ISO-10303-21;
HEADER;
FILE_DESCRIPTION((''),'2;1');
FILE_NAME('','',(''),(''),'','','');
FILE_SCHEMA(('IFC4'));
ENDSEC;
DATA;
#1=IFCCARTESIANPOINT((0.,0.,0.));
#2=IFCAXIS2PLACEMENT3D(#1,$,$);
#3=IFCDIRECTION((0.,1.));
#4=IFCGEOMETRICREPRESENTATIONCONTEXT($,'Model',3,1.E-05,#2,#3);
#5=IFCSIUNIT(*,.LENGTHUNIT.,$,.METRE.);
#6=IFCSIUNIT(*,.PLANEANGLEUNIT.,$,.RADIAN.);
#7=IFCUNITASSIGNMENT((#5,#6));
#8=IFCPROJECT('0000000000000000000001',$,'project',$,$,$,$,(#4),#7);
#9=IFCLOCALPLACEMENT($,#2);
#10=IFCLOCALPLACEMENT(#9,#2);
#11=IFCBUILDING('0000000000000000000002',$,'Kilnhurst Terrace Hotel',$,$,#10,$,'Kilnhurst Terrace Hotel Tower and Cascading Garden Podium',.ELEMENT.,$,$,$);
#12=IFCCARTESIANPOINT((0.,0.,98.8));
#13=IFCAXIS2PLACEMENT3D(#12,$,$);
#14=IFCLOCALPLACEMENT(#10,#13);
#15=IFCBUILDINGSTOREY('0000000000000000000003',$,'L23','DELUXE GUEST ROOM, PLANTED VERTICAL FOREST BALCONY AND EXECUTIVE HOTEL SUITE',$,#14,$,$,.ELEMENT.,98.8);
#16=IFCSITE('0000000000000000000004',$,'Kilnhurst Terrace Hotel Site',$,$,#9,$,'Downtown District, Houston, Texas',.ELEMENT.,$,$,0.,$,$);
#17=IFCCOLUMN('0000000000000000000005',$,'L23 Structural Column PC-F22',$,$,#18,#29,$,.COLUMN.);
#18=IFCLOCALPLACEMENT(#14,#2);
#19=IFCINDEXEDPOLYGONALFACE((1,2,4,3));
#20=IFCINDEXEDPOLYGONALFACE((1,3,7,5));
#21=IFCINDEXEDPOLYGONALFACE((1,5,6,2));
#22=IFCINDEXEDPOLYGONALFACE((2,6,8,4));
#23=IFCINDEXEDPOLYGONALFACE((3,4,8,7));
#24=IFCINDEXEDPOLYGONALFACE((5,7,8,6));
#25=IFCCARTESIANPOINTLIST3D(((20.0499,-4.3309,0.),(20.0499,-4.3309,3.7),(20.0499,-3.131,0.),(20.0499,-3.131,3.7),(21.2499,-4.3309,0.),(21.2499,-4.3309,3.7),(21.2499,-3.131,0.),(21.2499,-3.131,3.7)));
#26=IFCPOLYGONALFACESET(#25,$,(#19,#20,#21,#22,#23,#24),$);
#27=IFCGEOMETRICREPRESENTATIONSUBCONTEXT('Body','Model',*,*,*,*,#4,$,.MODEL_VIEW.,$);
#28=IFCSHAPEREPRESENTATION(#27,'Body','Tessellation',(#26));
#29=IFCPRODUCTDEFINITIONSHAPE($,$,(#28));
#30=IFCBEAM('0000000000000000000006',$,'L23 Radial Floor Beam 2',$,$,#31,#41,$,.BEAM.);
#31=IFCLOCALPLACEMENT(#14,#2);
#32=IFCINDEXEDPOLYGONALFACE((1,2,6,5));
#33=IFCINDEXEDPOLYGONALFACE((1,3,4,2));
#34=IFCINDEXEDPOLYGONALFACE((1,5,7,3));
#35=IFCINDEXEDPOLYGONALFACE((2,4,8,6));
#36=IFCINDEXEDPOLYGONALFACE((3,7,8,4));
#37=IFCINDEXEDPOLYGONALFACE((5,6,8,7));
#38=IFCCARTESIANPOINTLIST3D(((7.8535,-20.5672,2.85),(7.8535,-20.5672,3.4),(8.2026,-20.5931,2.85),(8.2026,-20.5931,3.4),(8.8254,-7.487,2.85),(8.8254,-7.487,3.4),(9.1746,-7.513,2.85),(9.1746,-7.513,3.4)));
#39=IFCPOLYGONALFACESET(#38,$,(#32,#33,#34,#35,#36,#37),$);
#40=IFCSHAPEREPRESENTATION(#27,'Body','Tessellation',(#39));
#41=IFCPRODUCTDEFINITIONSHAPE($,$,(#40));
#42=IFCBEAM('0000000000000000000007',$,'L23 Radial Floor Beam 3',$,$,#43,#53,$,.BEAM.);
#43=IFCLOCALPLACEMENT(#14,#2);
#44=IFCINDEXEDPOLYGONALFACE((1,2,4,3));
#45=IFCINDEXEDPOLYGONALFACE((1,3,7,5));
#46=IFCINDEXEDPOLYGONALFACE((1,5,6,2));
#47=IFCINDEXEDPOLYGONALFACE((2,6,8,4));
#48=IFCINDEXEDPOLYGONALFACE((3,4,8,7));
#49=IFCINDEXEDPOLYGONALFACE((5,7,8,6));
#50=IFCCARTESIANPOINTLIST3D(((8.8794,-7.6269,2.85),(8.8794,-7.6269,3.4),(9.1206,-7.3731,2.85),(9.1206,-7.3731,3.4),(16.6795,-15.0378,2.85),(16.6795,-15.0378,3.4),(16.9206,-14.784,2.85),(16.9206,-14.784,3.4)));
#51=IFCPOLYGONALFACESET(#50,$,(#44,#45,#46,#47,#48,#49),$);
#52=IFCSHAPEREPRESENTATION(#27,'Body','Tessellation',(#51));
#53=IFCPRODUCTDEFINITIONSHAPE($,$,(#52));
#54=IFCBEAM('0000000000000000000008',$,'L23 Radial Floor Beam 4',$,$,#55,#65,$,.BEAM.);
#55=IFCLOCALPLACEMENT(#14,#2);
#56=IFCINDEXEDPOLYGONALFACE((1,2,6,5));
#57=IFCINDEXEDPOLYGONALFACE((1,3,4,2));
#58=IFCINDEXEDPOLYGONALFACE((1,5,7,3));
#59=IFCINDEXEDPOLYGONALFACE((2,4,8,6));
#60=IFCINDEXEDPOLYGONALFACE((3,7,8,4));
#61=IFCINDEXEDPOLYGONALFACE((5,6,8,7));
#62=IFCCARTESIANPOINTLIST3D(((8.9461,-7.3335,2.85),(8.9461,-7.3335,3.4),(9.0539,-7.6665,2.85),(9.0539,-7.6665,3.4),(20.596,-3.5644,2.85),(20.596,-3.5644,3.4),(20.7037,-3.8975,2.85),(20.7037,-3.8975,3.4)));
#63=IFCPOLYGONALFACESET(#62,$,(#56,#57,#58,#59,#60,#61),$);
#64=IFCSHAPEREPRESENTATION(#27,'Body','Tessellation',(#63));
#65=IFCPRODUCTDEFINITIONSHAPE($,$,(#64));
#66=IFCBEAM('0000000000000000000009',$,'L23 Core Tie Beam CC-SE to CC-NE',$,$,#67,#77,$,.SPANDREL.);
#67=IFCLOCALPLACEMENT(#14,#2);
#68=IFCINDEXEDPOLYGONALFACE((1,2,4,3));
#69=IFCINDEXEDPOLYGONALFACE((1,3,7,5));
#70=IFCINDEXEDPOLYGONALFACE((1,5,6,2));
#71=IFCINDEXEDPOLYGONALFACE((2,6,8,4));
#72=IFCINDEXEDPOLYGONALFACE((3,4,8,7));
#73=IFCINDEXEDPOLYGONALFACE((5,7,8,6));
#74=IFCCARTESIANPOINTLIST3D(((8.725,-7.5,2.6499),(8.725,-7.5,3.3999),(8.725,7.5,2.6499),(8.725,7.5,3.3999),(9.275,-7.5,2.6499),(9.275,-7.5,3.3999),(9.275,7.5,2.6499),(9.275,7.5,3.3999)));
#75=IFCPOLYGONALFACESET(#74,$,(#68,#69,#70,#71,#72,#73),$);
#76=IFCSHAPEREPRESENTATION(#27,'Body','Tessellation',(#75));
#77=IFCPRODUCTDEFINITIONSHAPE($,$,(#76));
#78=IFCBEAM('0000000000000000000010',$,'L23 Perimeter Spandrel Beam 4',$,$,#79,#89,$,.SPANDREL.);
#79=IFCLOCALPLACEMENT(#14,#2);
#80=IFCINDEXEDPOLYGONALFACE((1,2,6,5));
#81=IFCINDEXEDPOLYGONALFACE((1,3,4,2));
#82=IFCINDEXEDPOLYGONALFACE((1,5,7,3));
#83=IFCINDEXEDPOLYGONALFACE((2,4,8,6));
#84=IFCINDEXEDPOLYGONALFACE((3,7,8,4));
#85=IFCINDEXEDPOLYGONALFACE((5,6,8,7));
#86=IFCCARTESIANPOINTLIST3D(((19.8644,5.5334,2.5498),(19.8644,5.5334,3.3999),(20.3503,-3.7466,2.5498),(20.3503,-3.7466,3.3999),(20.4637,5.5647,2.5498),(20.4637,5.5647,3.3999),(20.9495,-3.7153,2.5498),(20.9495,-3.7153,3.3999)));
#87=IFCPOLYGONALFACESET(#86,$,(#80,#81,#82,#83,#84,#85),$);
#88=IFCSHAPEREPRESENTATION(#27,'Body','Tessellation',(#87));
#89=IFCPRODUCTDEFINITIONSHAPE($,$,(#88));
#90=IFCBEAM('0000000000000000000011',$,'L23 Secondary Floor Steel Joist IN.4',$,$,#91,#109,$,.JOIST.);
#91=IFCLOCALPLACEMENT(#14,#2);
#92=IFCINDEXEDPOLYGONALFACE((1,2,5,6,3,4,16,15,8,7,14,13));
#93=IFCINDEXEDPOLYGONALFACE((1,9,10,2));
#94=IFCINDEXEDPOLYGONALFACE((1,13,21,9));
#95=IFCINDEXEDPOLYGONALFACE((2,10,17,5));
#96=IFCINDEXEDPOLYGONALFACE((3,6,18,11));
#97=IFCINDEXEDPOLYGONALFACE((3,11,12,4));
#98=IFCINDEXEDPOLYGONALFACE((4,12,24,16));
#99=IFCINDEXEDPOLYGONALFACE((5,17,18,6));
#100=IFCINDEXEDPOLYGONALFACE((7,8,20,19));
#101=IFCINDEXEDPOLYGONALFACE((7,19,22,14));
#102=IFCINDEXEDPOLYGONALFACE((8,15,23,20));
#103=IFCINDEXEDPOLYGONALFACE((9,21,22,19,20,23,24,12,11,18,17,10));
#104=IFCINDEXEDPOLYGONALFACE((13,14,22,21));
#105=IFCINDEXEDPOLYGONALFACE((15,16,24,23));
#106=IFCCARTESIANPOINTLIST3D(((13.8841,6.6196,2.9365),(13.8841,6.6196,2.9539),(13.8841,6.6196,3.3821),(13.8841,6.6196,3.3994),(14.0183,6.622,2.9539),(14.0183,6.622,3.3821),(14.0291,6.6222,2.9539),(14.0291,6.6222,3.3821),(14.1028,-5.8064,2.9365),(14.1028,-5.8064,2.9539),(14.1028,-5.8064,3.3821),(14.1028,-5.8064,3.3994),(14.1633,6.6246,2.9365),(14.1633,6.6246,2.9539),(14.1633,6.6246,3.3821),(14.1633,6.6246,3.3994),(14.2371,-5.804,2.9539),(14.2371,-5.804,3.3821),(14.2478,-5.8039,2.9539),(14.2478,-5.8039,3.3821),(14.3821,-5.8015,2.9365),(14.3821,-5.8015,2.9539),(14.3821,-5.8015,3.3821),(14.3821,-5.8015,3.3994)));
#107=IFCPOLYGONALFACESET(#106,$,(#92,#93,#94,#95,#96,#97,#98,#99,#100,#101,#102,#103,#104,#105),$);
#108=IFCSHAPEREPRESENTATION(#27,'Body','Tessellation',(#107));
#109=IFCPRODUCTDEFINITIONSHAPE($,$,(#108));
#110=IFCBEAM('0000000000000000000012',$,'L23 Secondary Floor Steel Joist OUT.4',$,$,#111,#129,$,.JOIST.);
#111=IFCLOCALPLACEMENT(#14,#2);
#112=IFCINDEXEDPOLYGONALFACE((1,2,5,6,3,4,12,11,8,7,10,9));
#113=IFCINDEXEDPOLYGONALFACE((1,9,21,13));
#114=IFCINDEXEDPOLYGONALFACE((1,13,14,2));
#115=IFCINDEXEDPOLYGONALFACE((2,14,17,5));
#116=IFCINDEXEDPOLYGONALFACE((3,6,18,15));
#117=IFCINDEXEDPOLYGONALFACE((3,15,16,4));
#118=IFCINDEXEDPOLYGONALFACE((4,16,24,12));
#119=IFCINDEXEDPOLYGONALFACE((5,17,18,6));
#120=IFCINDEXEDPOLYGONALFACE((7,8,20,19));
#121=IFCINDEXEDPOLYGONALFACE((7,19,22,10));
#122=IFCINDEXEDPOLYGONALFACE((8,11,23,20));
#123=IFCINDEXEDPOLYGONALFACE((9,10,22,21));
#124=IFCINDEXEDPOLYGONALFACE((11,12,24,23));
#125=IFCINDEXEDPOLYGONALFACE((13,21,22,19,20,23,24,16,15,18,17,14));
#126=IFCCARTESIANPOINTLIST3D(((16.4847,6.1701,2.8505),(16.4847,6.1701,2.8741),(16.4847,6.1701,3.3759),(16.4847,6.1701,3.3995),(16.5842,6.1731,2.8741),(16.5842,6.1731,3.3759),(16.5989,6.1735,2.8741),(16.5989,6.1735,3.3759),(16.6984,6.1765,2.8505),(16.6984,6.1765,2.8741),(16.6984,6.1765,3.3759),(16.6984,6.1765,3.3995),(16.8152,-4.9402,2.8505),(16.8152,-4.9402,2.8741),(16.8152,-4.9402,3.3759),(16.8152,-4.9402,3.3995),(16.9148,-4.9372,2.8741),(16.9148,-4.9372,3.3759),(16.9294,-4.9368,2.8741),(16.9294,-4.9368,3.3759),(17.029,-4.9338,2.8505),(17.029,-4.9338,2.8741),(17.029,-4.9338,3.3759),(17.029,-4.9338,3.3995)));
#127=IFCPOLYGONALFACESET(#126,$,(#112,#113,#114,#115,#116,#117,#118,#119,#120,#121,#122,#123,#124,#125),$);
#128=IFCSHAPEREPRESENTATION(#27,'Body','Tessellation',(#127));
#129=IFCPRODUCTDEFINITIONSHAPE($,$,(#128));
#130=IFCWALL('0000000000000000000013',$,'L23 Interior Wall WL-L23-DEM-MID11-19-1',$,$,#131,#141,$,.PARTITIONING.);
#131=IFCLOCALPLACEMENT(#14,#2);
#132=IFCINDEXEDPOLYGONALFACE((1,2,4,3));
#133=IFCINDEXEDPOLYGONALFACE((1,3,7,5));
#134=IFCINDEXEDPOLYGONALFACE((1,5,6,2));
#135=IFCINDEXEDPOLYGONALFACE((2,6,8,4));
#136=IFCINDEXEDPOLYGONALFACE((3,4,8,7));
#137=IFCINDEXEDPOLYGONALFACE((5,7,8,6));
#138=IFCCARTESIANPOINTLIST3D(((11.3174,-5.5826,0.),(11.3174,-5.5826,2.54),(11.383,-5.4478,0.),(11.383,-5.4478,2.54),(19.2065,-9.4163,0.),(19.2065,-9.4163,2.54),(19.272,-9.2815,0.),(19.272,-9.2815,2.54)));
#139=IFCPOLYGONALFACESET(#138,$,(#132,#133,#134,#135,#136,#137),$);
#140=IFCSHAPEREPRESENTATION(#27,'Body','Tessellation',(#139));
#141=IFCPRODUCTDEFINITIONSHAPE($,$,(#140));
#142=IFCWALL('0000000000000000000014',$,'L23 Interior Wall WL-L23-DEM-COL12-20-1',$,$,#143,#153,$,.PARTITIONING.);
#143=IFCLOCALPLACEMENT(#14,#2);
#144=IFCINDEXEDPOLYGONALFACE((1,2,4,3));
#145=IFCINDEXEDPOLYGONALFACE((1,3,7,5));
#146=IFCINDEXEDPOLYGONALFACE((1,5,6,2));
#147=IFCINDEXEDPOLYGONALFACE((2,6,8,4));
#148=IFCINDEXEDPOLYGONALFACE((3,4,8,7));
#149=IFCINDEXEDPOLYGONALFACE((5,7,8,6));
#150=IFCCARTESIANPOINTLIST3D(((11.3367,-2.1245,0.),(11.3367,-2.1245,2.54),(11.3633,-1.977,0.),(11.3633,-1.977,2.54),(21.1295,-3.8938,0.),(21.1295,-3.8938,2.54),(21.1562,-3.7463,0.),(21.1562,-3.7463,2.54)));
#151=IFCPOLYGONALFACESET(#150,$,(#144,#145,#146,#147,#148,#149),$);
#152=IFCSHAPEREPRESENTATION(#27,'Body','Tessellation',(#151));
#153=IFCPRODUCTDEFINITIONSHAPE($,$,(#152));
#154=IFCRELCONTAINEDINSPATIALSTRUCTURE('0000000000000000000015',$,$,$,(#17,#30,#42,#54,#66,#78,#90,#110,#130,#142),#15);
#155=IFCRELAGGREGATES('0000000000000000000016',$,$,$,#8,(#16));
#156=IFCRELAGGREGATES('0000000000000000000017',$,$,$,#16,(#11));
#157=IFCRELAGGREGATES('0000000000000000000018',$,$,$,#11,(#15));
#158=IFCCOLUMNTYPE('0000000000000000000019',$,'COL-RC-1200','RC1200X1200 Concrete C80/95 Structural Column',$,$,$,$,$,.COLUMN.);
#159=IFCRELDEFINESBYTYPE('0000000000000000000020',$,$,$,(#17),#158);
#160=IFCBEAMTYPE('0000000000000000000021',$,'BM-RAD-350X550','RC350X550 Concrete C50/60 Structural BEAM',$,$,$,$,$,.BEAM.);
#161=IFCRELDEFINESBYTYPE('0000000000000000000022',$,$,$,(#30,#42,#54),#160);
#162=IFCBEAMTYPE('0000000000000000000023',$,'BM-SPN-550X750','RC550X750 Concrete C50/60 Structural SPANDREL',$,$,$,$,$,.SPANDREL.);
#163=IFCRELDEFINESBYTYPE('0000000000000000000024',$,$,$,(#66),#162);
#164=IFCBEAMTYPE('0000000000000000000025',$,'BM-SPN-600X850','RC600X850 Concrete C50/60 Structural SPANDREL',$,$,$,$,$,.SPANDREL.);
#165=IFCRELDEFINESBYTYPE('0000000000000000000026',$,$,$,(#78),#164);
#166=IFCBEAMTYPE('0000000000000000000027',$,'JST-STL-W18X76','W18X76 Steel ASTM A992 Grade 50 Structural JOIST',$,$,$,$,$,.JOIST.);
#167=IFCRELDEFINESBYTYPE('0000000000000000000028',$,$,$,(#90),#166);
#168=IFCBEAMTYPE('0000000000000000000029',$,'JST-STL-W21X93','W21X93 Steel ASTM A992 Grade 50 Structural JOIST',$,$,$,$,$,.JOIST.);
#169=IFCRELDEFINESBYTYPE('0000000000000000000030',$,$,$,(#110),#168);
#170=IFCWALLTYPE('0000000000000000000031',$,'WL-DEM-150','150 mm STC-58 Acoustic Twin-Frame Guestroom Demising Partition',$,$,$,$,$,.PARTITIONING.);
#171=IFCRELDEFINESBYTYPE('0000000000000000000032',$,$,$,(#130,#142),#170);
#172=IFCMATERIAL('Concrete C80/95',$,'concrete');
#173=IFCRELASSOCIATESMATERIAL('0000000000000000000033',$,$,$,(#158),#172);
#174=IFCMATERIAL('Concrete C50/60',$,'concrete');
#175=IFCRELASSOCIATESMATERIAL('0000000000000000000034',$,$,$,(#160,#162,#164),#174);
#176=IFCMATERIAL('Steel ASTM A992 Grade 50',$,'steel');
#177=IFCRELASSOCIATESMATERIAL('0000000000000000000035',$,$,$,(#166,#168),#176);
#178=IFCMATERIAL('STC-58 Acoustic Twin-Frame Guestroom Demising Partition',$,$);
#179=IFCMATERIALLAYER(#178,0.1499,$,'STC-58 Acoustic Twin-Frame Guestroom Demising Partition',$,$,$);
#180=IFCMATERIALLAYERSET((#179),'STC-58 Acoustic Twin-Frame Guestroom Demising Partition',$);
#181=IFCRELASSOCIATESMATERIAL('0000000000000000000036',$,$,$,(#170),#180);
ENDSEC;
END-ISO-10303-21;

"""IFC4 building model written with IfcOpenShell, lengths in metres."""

from ifc_helpers import new_model, si_unit, direction, frame, frame_2d, origin, origin_2d, place, context, subcontext, project, spatial, rectangle, i_section, extrude, material, layer, layer_set, material_profile, profile_set, type_object, element, save


model = new_model("IFC4")

# Units and contexts
model_context = context("Model", 3, precision=1e-05, world=origin(), true_north=direction((0.0, 1.0)))
body_context = subcontext(model_context, "Body", "Model", "MODEL_VIEW")
ifc_project = project(units=[si_unit("LENGTHUNIT", "METRE"), si_unit("PLANEANGLEUNIT", "RADIAN")], contexts=[model_context])

# Site, building, storey
site_placement = place(None, origin())
site = spatial("IfcSite", under=ifc_project, at=site_placement, Name="Kilnhurst Terrace Hotel Site", LongName="Downtown District, Houston, Texas", CompositionType="ELEMENT", RefElevation=0.0)
building_placement = place(site_placement, origin())
building = spatial("IfcBuilding", under=site, at=building_placement, Name="Kilnhurst Terrace Hotel", LongName="Kilnhurst Terrace Hotel Tower and Cascading Garden Podium", CompositionType="ELEMENT")
storey_placement = place(building_placement, frame((0.0, 0.0, 98.8)))
storey = spatial("IfcBuildingStorey", under=building, at=storey_placement, Name="L23", Description="DELUXE GUEST ROOM, PLANTED VERTICAL FOREST BALCONY AND EXECUTIVE HOTEL SUITE", CompositionType="ELEMENT", Elevation=98.8)

# Column
ifc_material_1 = material(Name="Concrete C80/95", Category="concrete")
ifc_material_profile_1 = material_profile(ifc_material_1, rectangle(XDim=1.2, YDim=1.2, at=origin_2d()), Name="RC1200X1200")
ifc_profile_set_1 = profile_set([ifc_material_profile_1], Name="Concrete C80/95")
column_type = type_object("IfcColumnType", Name="COL-RC-1200", Description="RC1200X1200 Concrete C80/95 Structural Column", PredefinedType="COLUMN", material=ifc_profile_set_1)
column_placement = place(storey_placement, frame((20.6499, -3.731, 0.0), z_axis=(0.0, 0.0, 1.0), x_axis=(1.0, 0.0, 0.0)))
element("IfcColumn", 1, at=column_placement, inside=storey, type_object=column_type, Name="L23 Structural Column PC-F22", PredefinedType="COLUMN", context=body_context, shape_type="SweptSolid", body=[
    extrude(rectangle(XDim=1.2, YDim=1.2, at=origin_2d()), origin(), (0.0, 0.0, 1.0), 3.7),
])

# Beams
ifc_material_2 = material(Name="Concrete C50/60", Category="concrete")
ifc_material_profile_2 = material_profile(ifc_material_2, rectangle(XDim=0.3501, YDim=0.55, at=origin_2d()), Name="RC350X550")
ifc_profile_set_2 = profile_set([ifc_material_profile_2], Name="Concrete C50/60")
beam_type_1 = type_object("IfcBeamType", Name="BM-RAD-350X550", Description="RC350X550 Concrete C50/60 Structural BEAM", PredefinedType="BEAM", material=ifc_profile_set_2)
beam_1_placement = place(storey_placement, frame((9.0, -7.5, 3.125), z_axis=(-0.074101, -0.997251, 0.0), x_axis=(0.997251, -0.074101, 0.0)))
element("IfcBeam", 2, at=beam_1_placement, inside=storey, type_object=beam_type_1, Name="L23 Radial Floor Beam 2", PredefinedType="BEAM", context=body_context, shape_type="SweptSolid", body=[
    extrude(rectangle(XDim=0.3501, YDim=0.55, at=origin_2d()), origin(), (0.0, 0.0, 1.0), 13.1162),
])
beam_2_placement = place(storey_placement, frame((9.0, -7.5, 3.125), z_axis=(0.72496, -0.688791, 0.0), x_axis=(0.688791, 0.72496, 0.0)))
element("IfcBeam", 3, at=beam_2_placement, inside=storey, type_object=beam_type_1, Name="L23 Radial Floor Beam 3", PredefinedType="BEAM", context=body_context, shape_type="SweptSolid", body=[
    extrude(rectangle(XDim=0.3501, YDim=0.55, at=origin_2d()), origin(), (0.0, 0.0, 1.0), 10.7593),
])
beam_3_placement = place(storey_placement, frame((9.0, -7.5, 3.125), z_axis=(0.951446, 0.307817, 0.0), x_axis=(-0.307817, 0.951446, 0.0)))
element("IfcBeam", 4, at=beam_3_placement, inside=storey, type_object=beam_type_1, Name="L23 Radial Floor Beam 4", PredefinedType="BEAM", context=body_context, shape_type="SweptSolid", body=[
    extrude(rectangle(XDim=0.3501, YDim=0.55, at=origin_2d()), origin(), (0.0, 0.0, 1.0), 12.2444),
])
ifc_material_profile_3 = material_profile(ifc_material_2, rectangle(XDim=0.55, YDim=0.75, at=origin_2d()), Name="RC550X750")
ifc_profile_set_3 = profile_set([ifc_material_profile_3], Name="Concrete C50/60")
beam_type_2 = type_object("IfcBeamType", Name="BM-SPN-550X750", Description="RC550X750 Concrete C50/60 Structural SPANDREL", PredefinedType="SPANDREL", material=ifc_profile_set_3)
beam_4_placement = place(storey_placement, frame((9.0, -7.5, 3.0249), z_axis=(0.0, 1.0, 0.0), x_axis=(-1.0, 0.0, 0.0)))
element("IfcBeam", 5, at=beam_4_placement, inside=storey, type_object=beam_type_2, Name="L23 Core Tie Beam CC-SE to CC-NE", PredefinedType="SPANDREL", context=body_context, shape_type="SweptSolid", body=[
    extrude(rectangle(XDim=0.55, YDim=0.75, at=origin_2d()), origin(), (0.0, 0.0, 1.0), 15.0),
])
ifc_material_profile_4 = material_profile(ifc_material_2, rectangle(XDim=0.6001, YDim=0.8501, at=origin_2d()), Name="RC600X850")
ifc_profile_set_4 = profile_set([ifc_material_profile_4], Name="Concrete C50/60")
beam_type_3 = type_object("IfcBeamType", Name="BM-SPN-600X850", Description="RC600X850 Concrete C50/60 Structural SPANDREL", PredefinedType="SPANDREL", material=ifc_profile_set_4)
beam_5_placement = place(storey_placement, frame((20.6499, -3.731, 2.9749), z_axis=(-0.052282, 0.998632, 0.0), x_axis=(-0.998632, -0.052282, 0.0)))
element("IfcBeam", 6, at=beam_5_placement, inside=storey, type_object=beam_type_3, Name="L23 Perimeter Spandrel Beam 4", PredefinedType="SPANDREL", context=body_context, shape_type="SweptSolid", body=[
    extrude(rectangle(XDim=0.6001, YDim=0.8501, at=origin_2d()), origin(), (0.0, 0.0, 1.0), 9.2927),
])
ifc_material_3 = material(Name="Steel ASTM A992 Grade 50", Category="steel")
ifc_material_profile_5 = material_profile(ifc_material_3, i_section(OverallWidth=0.2793, OverallDepth=0.4629, WebThickness=0.0107, FlangeThickness=0.0173, at=origin_2d()), Name="W18X76")
ifc_profile_set_5 = profile_set([ifc_material_profile_5], Name="Steel ASTM A992 Grade 50")
beam_type_4 = type_object("IfcBeamType", Name="JST-STL-W18X76", Description="W18X76 Steel ASTM A992 Grade 50 Structural JOIST", PredefinedType="JOIST", material=ifc_profile_set_5)
beam_6_placement = place(storey_placement, frame((14.2424, -5.804, 3.168), z_axis=(-0.017601, 0.999845, 0.0), x_axis=(-0.999845, -0.017601, 0.0)))
element("IfcBeam", 7, at=beam_6_placement, inside=storey, type_object=beam_type_4, Name="L23 Secondary Floor Steel Joist IN.4", PredefinedType="JOIST", context=body_context, shape_type="SweptSolid", body=[
    extrude(i_section(OverallWidth=0.2793, OverallDepth=0.4629, WebThickness=0.0107, FlangeThickness=0.0173, at=origin_2d()), origin(), (0.0, 0.0, 1.0), 12.428),
])
ifc_material_profile_6 = material_profile(ifc_material_3, i_section(OverallWidth=0.2139, OverallDepth=0.5491, WebThickness=0.0146, FlangeThickness=0.0237, at=origin_2d()), Name="W21X93")
ifc_profile_set_6 = profile_set([ifc_material_profile_6], Name="Steel ASTM A992 Grade 50")
beam_type_5 = type_object("IfcBeamType", Name="JST-STL-W21X93", Description="W21X93 Steel ASTM A992 Grade 50 Structural JOIST", PredefinedType="JOIST", material=ifc_profile_set_6)
beam_7_placement = place(storey_placement, frame((16.9221, -4.937, 3.125), z_axis=(-0.02974, 0.999558, 0.0), x_axis=(-0.999558, -0.02974, 0.0)))
element("IfcBeam", 8, at=beam_7_placement, inside=storey, type_object=beam_type_5, Name="L23 Secondary Floor Steel Joist OUT.4", PredefinedType="JOIST", context=body_context, shape_type="SweptSolid", body=[
    extrude(i_section(OverallWidth=0.2139, OverallDepth=0.5491, WebThickness=0.0146, FlangeThickness=0.0237, at=origin_2d()), origin(), (0.0, 0.0, 1.0), 11.1152),
])

# Walls
ifc_material_4 = material(Name="STC-58 Acoustic Twin-Frame Guestroom Demising Partition")
ifc_layer_1 = layer(ifc_material_4, 0.1499, Name="STC-58 Acoustic Twin-Frame Guestroom Demising Partition")
ifc_layer_set_1 = layer_set([ifc_layer_1], Name="STC-58 Acoustic Twin-Frame Guestroom Demising Partition")
wall_type_1 = type_object("IfcWallType", Name="WL-DEM-150", Description="150 mm STC-58 Acoustic Twin-Frame Guestroom Demising Partition", PredefinedType="PARTITIONING", material=ifc_layer_set_1)
wall_1_placement = place(storey_placement, frame((11.3501, -5.5151, 0.0), z_axis=(0.0, 0.0, 1.0), x_axis=(0.899425, -0.437076, 0.0)))
element("IfcWall", 9, at=wall_1_placement, inside=storey, type_object=wall_type_1, Name="L23 Interior Wall WL-L23-DEM-MID11-19-1", PredefinedType="PARTITIONING", context=body_context, shape_type="SweptSolid", body=[
    extrude(rectangle(XDim=8.7712, YDim=0.1499, at=frame_2d((4.3857, 0.0))), origin(), (0.0, 0.0, 1.0), 2.54),
])
wall_2_placement = place(storey_placement, frame((11.3501, -2.0508, 0.0), z_axis=(0.0, 0.0, 1.0), x_axis=(0.984068, -0.177791, 0.0)))
element("IfcWall", 10, at=wall_2_placement, inside=storey, type_object=wall_type_1, Name="L23 Interior Wall WL-L23-DEM-COL12-20-1", PredefinedType="PARTITIONING", context=body_context, shape_type="SweptSolid", body=[
    extrude(rectangle(XDim=9.9514, YDim=0.1499, at=frame_2d((4.9756, 0.0))), origin(), (0.0, 0.0, 1.0), 2.54),
])

save(model, "model.ifc")
